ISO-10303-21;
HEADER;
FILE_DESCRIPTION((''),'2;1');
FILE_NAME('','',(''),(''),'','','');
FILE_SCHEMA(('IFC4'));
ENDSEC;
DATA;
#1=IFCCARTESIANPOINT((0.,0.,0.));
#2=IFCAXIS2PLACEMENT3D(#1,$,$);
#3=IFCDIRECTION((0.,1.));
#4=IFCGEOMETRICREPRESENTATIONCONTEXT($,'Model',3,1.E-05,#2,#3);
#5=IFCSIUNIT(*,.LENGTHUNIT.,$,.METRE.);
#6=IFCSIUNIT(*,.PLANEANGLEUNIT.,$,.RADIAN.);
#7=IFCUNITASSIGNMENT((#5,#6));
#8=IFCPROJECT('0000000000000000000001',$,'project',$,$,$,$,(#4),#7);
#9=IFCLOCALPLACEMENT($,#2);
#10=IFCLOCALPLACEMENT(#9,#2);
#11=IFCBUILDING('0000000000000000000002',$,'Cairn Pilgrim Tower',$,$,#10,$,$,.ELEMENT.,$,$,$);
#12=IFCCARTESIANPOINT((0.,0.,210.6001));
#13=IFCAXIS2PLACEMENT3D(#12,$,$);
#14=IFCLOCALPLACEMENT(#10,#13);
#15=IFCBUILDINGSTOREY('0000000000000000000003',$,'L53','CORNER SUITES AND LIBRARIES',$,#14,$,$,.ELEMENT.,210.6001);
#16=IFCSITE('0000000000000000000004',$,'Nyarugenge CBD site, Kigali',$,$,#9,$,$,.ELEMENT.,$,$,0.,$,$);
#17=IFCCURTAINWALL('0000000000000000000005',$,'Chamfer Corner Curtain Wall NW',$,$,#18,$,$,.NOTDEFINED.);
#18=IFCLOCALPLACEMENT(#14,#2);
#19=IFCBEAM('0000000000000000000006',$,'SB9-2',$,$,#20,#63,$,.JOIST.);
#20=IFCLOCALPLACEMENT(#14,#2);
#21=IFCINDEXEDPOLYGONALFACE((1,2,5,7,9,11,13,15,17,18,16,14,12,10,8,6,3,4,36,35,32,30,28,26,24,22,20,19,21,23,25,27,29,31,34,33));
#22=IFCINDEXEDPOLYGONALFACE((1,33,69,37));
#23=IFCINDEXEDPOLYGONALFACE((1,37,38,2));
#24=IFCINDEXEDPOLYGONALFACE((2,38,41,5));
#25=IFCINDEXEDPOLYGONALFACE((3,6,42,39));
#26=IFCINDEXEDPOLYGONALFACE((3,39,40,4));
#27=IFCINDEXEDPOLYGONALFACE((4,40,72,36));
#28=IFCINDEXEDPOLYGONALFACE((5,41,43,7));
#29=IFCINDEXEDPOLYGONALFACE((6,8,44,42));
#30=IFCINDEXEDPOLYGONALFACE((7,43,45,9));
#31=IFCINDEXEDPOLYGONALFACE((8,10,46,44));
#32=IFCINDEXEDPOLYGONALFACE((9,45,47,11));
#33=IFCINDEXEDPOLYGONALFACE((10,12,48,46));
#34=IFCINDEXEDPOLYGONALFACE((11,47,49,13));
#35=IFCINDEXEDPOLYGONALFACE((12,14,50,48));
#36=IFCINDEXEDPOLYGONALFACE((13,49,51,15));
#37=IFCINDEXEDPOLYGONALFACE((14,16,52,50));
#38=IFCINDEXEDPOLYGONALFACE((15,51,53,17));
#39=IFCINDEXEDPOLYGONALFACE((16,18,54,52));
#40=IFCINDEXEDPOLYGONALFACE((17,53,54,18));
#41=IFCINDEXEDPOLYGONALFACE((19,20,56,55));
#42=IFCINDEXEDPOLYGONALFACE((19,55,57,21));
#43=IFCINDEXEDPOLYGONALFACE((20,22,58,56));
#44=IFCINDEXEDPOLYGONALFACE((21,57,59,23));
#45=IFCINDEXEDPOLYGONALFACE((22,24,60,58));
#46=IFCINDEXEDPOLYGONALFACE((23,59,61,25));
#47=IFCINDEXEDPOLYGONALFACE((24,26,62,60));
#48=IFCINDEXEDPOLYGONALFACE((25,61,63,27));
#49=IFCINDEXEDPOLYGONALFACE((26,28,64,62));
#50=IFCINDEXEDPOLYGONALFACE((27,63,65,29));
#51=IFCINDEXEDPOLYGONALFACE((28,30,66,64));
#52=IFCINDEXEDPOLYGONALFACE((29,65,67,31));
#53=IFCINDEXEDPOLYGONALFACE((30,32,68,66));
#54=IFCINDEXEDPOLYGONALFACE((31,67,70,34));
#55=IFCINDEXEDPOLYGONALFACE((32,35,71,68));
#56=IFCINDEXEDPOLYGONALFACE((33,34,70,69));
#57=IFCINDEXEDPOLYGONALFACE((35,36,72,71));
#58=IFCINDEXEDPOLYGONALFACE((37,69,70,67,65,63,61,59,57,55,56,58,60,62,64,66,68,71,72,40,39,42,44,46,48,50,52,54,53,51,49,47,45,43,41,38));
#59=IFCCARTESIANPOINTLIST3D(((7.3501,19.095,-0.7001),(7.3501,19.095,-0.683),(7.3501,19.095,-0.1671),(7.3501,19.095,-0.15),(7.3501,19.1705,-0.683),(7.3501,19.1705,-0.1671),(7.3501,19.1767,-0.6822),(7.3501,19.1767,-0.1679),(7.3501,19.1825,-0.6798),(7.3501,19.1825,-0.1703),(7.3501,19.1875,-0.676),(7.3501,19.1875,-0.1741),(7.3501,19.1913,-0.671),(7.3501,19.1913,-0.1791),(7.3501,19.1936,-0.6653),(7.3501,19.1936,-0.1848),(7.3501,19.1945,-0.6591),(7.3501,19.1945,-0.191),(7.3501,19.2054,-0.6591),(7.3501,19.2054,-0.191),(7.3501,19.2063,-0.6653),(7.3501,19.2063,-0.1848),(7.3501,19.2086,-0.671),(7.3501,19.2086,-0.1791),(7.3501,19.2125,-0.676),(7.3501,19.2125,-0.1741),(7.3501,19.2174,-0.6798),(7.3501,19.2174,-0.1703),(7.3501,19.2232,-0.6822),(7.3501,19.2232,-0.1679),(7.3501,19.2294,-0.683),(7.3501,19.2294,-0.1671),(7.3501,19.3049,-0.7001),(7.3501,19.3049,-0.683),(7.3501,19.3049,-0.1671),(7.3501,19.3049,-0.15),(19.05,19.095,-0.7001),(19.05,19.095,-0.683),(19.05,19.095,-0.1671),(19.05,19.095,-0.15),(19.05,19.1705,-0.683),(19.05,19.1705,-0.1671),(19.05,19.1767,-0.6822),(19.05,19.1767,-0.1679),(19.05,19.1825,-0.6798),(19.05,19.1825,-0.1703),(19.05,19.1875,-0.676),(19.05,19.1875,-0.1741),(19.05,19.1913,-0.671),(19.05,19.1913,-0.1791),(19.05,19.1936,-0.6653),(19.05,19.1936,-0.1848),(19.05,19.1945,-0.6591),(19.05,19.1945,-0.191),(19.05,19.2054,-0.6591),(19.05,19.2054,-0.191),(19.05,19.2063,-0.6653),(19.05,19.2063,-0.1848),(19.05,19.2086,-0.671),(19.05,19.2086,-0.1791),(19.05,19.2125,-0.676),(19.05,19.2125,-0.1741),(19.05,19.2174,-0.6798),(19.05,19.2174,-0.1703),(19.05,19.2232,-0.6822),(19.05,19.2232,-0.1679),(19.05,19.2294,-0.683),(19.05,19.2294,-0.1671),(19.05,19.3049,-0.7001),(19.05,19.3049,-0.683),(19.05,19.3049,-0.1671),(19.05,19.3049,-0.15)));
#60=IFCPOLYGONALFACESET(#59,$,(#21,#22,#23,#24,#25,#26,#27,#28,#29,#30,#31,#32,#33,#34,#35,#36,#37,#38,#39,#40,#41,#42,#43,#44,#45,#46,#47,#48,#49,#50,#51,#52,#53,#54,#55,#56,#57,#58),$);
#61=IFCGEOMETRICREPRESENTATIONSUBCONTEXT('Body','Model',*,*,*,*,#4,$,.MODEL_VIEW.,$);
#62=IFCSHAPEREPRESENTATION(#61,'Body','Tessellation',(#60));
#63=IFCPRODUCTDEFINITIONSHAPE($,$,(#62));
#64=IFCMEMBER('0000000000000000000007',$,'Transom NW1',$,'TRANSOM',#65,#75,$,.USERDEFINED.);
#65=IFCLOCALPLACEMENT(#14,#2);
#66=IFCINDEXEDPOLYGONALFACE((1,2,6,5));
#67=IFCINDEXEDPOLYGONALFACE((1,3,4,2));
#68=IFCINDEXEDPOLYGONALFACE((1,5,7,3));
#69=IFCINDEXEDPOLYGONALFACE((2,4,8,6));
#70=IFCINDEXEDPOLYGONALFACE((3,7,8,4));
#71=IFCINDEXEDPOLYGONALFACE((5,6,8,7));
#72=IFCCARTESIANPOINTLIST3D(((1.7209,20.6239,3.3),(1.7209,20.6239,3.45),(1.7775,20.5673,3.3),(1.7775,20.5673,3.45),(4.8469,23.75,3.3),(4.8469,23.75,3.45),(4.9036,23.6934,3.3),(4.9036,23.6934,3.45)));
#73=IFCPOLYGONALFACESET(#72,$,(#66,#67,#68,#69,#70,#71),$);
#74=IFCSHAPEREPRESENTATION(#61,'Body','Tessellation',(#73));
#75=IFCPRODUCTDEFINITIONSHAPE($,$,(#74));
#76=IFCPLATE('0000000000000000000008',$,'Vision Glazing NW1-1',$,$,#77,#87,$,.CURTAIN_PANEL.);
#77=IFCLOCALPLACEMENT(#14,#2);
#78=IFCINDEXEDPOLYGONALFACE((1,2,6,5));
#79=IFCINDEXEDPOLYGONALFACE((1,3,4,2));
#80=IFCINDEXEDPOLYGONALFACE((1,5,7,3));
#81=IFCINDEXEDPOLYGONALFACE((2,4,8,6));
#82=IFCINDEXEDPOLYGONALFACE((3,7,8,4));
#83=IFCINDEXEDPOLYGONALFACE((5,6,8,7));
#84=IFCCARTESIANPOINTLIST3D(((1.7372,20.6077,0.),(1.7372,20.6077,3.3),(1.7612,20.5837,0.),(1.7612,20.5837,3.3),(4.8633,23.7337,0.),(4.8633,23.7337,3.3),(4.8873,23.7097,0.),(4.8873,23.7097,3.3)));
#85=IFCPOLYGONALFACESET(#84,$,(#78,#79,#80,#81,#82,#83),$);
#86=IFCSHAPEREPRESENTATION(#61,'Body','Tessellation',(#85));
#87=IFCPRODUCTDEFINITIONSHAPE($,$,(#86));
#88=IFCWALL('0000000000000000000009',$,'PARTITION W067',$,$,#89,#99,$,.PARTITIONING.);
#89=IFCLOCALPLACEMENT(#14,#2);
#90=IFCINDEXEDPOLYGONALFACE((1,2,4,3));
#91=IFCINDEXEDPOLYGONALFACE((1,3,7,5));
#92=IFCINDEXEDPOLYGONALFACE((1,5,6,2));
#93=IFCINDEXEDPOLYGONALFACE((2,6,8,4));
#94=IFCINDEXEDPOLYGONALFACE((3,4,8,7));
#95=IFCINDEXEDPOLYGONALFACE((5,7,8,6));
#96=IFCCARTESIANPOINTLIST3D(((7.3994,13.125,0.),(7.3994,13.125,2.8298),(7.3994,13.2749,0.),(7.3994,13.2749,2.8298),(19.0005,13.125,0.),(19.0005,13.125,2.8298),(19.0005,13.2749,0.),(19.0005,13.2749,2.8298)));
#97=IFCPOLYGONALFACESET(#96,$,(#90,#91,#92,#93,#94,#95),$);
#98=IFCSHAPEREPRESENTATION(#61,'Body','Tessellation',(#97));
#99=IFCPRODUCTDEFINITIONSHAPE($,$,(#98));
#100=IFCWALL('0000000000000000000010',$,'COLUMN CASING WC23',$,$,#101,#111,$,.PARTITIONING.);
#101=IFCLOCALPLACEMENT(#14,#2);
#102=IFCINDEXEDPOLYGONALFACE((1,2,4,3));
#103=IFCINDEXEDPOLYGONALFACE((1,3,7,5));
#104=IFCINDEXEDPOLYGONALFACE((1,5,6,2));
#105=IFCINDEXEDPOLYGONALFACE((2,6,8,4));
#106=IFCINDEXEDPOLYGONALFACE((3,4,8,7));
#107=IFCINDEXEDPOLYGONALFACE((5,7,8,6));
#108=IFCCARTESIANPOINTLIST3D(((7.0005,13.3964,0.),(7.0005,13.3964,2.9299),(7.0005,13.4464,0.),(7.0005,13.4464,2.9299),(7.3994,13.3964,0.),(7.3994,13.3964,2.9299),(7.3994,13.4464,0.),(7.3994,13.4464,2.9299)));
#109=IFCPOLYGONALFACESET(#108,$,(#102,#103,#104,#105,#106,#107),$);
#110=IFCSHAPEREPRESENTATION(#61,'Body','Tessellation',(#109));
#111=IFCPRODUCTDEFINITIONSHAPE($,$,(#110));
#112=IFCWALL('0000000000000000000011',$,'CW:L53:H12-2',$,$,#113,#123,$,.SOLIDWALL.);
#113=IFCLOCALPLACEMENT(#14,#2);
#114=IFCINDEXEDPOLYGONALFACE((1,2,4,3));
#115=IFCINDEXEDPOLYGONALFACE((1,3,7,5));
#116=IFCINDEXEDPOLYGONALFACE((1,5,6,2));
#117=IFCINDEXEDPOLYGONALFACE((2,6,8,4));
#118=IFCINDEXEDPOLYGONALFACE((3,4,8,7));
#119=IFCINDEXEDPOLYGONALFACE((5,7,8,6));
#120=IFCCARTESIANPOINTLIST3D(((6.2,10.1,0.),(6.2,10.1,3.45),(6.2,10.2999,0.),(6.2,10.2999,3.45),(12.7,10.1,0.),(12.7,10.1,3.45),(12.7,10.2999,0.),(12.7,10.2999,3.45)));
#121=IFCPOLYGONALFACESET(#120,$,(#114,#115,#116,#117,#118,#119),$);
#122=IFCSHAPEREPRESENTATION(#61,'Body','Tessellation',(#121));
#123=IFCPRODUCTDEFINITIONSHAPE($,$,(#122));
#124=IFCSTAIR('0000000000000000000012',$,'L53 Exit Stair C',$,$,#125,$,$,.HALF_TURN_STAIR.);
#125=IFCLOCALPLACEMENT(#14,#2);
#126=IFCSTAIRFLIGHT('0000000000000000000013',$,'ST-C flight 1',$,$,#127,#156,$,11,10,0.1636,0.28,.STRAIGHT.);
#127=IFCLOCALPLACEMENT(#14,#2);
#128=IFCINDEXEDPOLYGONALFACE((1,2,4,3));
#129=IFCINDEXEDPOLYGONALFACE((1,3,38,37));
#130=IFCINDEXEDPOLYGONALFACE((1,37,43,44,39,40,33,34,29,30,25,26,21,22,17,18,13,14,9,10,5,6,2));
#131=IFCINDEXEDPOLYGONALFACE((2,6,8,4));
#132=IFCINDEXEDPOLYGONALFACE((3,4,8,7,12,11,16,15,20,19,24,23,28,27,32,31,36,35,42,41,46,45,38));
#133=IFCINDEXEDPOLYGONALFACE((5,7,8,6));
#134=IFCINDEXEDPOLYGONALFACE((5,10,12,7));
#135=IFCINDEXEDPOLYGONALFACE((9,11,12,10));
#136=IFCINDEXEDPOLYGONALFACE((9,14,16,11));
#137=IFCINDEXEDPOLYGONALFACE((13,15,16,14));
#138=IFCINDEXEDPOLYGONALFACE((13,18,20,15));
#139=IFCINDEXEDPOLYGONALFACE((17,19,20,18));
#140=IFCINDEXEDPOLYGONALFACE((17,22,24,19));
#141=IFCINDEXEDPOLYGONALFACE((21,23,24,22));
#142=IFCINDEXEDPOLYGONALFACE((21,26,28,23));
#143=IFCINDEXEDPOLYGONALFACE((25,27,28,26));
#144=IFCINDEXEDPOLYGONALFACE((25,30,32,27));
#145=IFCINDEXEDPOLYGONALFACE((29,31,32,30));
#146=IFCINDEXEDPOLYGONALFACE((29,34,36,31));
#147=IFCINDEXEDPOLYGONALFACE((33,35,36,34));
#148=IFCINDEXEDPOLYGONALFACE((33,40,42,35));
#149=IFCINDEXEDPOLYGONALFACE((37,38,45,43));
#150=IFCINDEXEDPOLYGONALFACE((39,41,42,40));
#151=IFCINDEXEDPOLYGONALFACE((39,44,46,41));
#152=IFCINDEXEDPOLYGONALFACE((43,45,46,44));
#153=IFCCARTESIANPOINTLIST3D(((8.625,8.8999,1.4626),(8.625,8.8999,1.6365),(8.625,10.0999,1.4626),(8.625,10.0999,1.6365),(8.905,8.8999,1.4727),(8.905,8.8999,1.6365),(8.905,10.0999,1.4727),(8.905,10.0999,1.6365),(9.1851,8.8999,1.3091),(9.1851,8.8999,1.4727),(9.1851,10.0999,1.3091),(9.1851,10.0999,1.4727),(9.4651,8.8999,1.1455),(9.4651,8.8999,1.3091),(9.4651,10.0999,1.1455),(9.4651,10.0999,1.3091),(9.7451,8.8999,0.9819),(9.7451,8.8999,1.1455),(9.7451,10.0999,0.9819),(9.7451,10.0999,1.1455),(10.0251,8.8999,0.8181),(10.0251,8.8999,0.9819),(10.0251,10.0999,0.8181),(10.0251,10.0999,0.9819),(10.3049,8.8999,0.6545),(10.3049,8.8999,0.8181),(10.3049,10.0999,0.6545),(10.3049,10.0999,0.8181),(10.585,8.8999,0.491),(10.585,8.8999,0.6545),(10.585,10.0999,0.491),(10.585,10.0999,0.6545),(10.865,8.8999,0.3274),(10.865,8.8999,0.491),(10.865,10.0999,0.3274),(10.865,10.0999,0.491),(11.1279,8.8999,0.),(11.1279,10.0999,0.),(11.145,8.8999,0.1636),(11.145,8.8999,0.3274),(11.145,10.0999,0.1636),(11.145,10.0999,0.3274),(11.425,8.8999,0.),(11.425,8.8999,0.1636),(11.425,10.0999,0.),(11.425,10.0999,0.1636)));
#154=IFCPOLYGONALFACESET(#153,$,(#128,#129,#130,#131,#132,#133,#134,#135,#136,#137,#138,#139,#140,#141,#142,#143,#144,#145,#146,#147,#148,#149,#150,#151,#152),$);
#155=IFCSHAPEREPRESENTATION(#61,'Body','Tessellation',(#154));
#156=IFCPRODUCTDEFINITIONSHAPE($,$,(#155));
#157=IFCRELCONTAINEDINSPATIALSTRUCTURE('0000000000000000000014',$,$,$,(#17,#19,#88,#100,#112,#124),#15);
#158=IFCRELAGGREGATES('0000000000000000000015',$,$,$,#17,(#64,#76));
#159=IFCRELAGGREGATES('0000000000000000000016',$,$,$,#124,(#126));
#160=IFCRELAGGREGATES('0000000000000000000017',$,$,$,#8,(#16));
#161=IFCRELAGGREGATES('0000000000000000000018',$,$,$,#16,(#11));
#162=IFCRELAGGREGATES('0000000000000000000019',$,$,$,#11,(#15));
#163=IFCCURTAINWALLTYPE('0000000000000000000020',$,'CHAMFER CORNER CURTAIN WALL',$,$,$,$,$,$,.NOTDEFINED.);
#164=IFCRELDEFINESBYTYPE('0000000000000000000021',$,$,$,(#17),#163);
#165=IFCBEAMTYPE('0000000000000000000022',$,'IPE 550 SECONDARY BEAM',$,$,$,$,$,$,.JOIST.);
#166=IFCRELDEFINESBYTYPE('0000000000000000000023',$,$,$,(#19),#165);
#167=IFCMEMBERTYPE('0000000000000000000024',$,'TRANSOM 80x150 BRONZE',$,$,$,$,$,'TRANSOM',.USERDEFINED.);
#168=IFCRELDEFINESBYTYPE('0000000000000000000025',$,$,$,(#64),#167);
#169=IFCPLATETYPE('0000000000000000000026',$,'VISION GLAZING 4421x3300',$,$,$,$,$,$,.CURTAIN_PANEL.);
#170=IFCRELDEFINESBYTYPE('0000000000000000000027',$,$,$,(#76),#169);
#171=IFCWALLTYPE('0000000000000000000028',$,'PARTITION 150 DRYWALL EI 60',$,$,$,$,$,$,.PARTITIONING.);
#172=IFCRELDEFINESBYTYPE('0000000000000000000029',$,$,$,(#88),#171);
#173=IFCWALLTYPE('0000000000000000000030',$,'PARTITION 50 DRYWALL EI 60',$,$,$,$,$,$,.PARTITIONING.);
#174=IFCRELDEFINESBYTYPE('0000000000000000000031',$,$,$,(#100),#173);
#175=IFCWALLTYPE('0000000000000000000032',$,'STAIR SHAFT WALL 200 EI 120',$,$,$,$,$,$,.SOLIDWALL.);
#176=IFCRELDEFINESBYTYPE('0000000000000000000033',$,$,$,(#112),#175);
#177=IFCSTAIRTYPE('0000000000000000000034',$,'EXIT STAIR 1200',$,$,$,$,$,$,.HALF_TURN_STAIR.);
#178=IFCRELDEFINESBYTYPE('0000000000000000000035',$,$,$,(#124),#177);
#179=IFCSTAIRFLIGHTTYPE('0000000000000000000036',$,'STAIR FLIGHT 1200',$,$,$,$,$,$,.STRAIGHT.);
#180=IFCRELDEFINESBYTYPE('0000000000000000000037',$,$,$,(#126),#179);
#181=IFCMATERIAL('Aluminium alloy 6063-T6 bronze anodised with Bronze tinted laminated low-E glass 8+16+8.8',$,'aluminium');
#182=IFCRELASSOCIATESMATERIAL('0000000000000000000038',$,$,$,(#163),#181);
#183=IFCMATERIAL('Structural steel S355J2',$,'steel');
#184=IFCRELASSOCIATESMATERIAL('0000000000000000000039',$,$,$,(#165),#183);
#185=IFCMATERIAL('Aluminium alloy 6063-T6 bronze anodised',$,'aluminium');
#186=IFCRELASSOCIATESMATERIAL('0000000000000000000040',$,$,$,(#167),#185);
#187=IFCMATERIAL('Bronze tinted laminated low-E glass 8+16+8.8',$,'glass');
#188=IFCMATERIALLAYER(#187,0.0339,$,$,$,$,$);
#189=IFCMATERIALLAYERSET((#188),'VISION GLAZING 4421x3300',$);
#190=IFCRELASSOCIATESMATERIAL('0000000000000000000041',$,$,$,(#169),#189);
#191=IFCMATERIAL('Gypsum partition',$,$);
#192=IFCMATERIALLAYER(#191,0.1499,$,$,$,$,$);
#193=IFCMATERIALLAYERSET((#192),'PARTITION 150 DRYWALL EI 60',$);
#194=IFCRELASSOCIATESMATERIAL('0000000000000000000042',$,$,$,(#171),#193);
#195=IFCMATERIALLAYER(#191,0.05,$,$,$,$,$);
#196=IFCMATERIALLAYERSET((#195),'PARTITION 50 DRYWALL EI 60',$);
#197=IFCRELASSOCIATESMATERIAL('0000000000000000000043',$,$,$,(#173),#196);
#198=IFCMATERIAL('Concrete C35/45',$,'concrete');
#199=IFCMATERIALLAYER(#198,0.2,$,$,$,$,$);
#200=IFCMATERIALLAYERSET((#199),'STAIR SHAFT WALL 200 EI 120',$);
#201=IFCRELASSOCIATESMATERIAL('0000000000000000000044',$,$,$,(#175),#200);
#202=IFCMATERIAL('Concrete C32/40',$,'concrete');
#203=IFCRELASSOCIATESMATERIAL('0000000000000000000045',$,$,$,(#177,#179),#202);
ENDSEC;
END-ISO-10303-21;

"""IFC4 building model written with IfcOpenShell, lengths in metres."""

from ifc_helpers import new_model, si_unit, direction, frame, frame_2d, origin, origin_2d, place, context, subcontext, project, spatial, polyline, rectangle, i_section, outline, extrude, material, layer, layer_set, material_profile, profile_set, type_object, element, aggregate, save


model = new_model("IFC4")

# Units and contexts
model_context = context("Model", 3, precision=1e-05, world=origin(), true_north=direction((0.0, 1.0)))
body_context = subcontext(model_context, "Body", "Model", "MODEL_VIEW")
ifc_project = project(units=[si_unit("LENGTHUNIT", "METRE"), si_unit("PLANEANGLEUNIT", "RADIAN")], contexts=[model_context])

# Site, building, storey
site_placement = place(None, origin())
site = spatial("IfcSite", under=ifc_project, at=site_placement, Name="Nyarugenge CBD site, Kigali", CompositionType="ELEMENT", RefElevation=0.0)
building_placement = place(site_placement, origin())
building = spatial("IfcBuilding", under=site, at=building_placement, Name="Cairn Pilgrim Tower", CompositionType="ELEMENT")
storey_placement = place(building_placement, frame((0.0, 0.0, 210.6001)))
storey = spatial("IfcBuildingStorey", under=building, at=storey_placement, Name="L53", Description="CORNER SUITES AND LIBRARIES", CompositionType="ELEMENT", Elevation=210.6001)

# Shared definitions
ifc_material_1 = material(Name="Structural steel S355J2", Category="steel")

# Shared definitions
ifc_material_2 = material(Name="Aluminium alloy 6063-T6 bronze anodised with Bronze tinted laminated low-E glass 8+16+8.8", Category="aluminium")
ifc_material_3 = material(Name="Aluminium alloy 6063-T6 bronze anodised", Category="aluminium")

# Curtain wall
curtain_wall_type_1 = type_object("IfcCurtainWallType", Name="CHAMFER CORNER CURTAIN WALL", PredefinedType="NOTDEFINED", material=ifc_material_2)
curtain_wall_1_placement = place(storey_placement, origin())
curtain_wall_1 = element("IfcCurtainWall", 1, at=curtain_wall_1_placement, inside=storey, type_object=curtain_wall_type_1, Name="Chamfer Corner Curtain Wall NW", PredefinedType="NOTDEFINED")

# Beam
ifc_material_profile_1 = material_profile(ifc_material_1, i_section(OverallWidth=0.21, OverallDepth=0.55, WebThickness=0.011, FlangeThickness=0.0171, FilletRadius=0.0239, at=origin_2d()), Name="IPE 550")
ifc_profile_set_1 = profile_set([ifc_material_profile_1], Name="Structural steel S355J2")
beam_type_1 = type_object("IfcBeamType", Name="IPE 550 SECONDARY BEAM", PredefinedType="JOIST", material=ifc_profile_set_1)
beam_1_placement = place(storey_placement, frame((7.3501, 19.2, -0.425), z_axis=(1.0, 0.0, 0.0), x_axis=(0.0, 1.0, 0.0)))
element("IfcBeam", 2, at=beam_1_placement, inside=storey, type_object=beam_type_1, Name="SB9-2", PredefinedType="JOIST", context=body_context, shape_type="SweptSolid", body=[
    extrude(i_section(OverallWidth=0.21, OverallDepth=0.55, WebThickness=0.011, FlangeThickness=0.0171, FilletRadius=0.0239, at=origin_2d()), origin(), (0.0, 0.0, 1.0), 11.7),
])

# Member
ifc_material_profile_2 = material_profile(ifc_material_3, rectangle(XDim=0.0801, YDim=0.1499, at=origin_2d()), Name="TRANSOM 80x150 BRONZE")
ifc_profile_set_2 = profile_set([ifc_material_profile_2], Name="Aluminium alloy 6063-T6 bronze anodised")
member_type_1 = type_object("IfcMemberType", Name="TRANSOM 80x150 BRONZE", ElementType="TRANSOM", PredefinedType="USERDEFINED", material=ifc_profile_set_2)
member_1_placement = place(storey_placement, frame((4.8752, 23.7217, 3.375), z_axis=(-0.707107, -0.707107, 0.0), x_axis=(0.707107, -0.707107, 0.0)))
member_1 = element("IfcMember", 3, at=member_1_placement, type_object=member_type_1, Name="Transom NW1", ObjectType="TRANSOM", PredefinedType="USERDEFINED", context=body_context, shape_type="SweptSolid", body=[
    extrude(rectangle(XDim=0.0801, YDim=0.1499, at=origin_2d()), origin(), (0.0, 0.0, 1.0), 4.4209),
])

# Plate
ifc_material_4 = material(Name="Bronze tinted laminated low-E glass 8+16+8.8", Category="glass")
ifc_layer_1 = layer(ifc_material_4, 0.0339)
ifc_layer_set_1 = layer_set([ifc_layer_1], Name="VISION GLAZING 4421x3300")
plate_type = type_object("IfcPlateType", Name="VISION GLAZING 4421x3300", PredefinedType="CURTAIN_PANEL", material=ifc_layer_set_1)
plate_placement = place(storey_placement, frame((3.3123, 22.1587, 0.0), z_axis=(0.0, 0.0, 1.0), x_axis=(-0.707107, -0.707107, 0.0)))
plate = element("IfcPlate", 4, at=plate_placement, type_object=plate_type, Name="Vision Glazing NW1-1", PredefinedType="CURTAIN_PANEL", context=body_context, shape_type="SweptSolid", body=[
    extrude(rectangle(XDim=4.4209, YDim=0.0339, at=origin_2d()), origin(), (0.0, 0.0, 1.0), 3.3),
])
aggregate(curtain_wall_1, [member_1, plate])

# Walls
ifc_material_5 = material(Name="Gypsum partition")
ifc_layer_2 = layer(ifc_material_5, 0.1499)
ifc_layer_set_2 = layer_set([ifc_layer_2], Name="PARTITION 150 DRYWALL EI 60")
wall_type_1 = type_object("IfcWallType", Name="PARTITION 150 DRYWALL EI 60", PredefinedType="PARTITIONING", material=ifc_layer_set_2)
wall_1_placement = place(storey_placement, frame((7.3994, 13.2, 0.0), z_axis=(0.0, 0.0, 1.0), x_axis=(1.0, 0.0, 0.0)))
element("IfcWall", 5, at=wall_1_placement, inside=storey, type_object=wall_type_1, Name="PARTITION W067", PredefinedType="PARTITIONING", context=body_context, shape_type="SweptSolid", body=[
    extrude(rectangle(XDim=11.6011, YDim=0.1499, at=frame_2d((5.8005, 0.0))), origin(), (0.0, 0.0, 1.0), 2.8298),
])
ifc_layer_3 = layer(ifc_material_5, 0.05)
ifc_layer_set_3 = layer_set([ifc_layer_3], Name="PARTITION 50 DRYWALL EI 60")
wall_type_2 = type_object("IfcWallType", Name="PARTITION 50 DRYWALL EI 60", PredefinedType="PARTITIONING", material=ifc_layer_set_3)
wall_2_placement = place(storey_placement, frame((7.0005, 13.4214, 0.0), z_axis=(0.0, 0.0, 1.0), x_axis=(1.0, 0.0, 0.0)))
element("IfcWall", 6, at=wall_2_placement, inside=storey, type_object=wall_type_2, Name="COLUMN CASING WC23", PredefinedType="PARTITIONING", context=body_context, shape_type="SweptSolid", body=[
    extrude(rectangle(XDim=0.3989, YDim=0.05, at=frame_2d((0.1995, 0.0))), origin(), (0.0, 0.0, 1.0), 2.9299),
])
ifc_material_6 = material(Name="Concrete C35/45", Category="concrete")
ifc_layer_4 = layer(ifc_material_6, 0.2)
ifc_layer_set_4 = layer_set([ifc_layer_4], Name="STAIR SHAFT WALL 200 EI 120")
wall_type_3 = type_object("IfcWallType", Name="STAIR SHAFT WALL 200 EI 120", PredefinedType="SOLIDWALL", material=ifc_layer_set_4)
wall_3_placement = place(storey_placement, frame((6.2, 10.2, 0.0), z_axis=(0.0, 0.0, 1.0), x_axis=(1.0, 0.0, 0.0)))
element("IfcWall", 7, at=wall_3_placement, inside=storey, type_object=wall_type_3, Name="CW:L53:H12-2", PredefinedType="SOLIDWALL", context=body_context, shape_type="SweptSolid", body=[
    extrude(rectangle(XDim=6.5, YDim=0.2, at=frame_2d((3.25, 0.0))), origin(), (0.0, 0.0, 1.0), 3.45),
])

# Stair, stair flight
ifc_material_7 = material(Name="Concrete C32/40", Category="concrete")
stair_type = type_object("IfcStairType", Name="EXIT STAIR 1200", PredefinedType="HALF_TURN_STAIR", material=ifc_material_7)
stair_placement = place(storey_placement, origin())
stair = element("IfcStair", 8, at=stair_placement, inside=storey, type_object=stair_type, Name="L53 Exit Stair C", PredefinedType="HALF_TURN_STAIR")
stair_flight_type = type_object("IfcStairFlightType", Name="STAIR FLIGHT 1200", PredefinedType="STRAIGHT", material=ifc_material_7)
stair_flight_placement = place(storey_placement, frame((11.425, 9.5, 0.0), z_axis=(0.0, 0.0, 1.0), x_axis=(-1.0, 0.0, 0.0)))
stair_flight = element("IfcStairFlight", 9, at=stair_flight_placement, type_object=stair_flight_type, Name="ST-C flight 1", NumberOfRisers=11, NumberOfTreads=10, PredefinedType="STRAIGHT", RiserHeight=0.1636, TreadLength=0.28, context=body_context, shape_type="SweptSolid", body=[
    extrude(outline(polyline([(0.0, 0.0), (0.0, 0.1636), (0.28, 0.1636), (0.28, 0.3274), (0.5601, 0.3274), (0.5601, 0.491), (0.8401, 0.491), (0.8401, 0.6545), (1.1201, 0.6545), (1.1201, 0.8181), (1.3999, 0.8181), (1.3999, 0.9819), (1.6799, 0.9819), (1.6799, 1.1455), (1.96, 1.1455), (1.96, 1.3091), (2.24, 1.3091), (2.24, 1.4727), (2.52, 1.4727), (2.52, 1.6365), (2.8, 1.6365), (2.8, 1.8), (2.8, 1.4626), (0.2971, 0.0), (0.0, 0.0)])), frame((0.0, 0.6001, 0.0), z_axis=(0.0, -1.0, 0.0), x_axis=(1.0, 0.0, 0.0)), (0.0, 0.0, 1.0), 1.2),
])
aggregate(stair, [stair_flight])

save(model, "model.ifc")
